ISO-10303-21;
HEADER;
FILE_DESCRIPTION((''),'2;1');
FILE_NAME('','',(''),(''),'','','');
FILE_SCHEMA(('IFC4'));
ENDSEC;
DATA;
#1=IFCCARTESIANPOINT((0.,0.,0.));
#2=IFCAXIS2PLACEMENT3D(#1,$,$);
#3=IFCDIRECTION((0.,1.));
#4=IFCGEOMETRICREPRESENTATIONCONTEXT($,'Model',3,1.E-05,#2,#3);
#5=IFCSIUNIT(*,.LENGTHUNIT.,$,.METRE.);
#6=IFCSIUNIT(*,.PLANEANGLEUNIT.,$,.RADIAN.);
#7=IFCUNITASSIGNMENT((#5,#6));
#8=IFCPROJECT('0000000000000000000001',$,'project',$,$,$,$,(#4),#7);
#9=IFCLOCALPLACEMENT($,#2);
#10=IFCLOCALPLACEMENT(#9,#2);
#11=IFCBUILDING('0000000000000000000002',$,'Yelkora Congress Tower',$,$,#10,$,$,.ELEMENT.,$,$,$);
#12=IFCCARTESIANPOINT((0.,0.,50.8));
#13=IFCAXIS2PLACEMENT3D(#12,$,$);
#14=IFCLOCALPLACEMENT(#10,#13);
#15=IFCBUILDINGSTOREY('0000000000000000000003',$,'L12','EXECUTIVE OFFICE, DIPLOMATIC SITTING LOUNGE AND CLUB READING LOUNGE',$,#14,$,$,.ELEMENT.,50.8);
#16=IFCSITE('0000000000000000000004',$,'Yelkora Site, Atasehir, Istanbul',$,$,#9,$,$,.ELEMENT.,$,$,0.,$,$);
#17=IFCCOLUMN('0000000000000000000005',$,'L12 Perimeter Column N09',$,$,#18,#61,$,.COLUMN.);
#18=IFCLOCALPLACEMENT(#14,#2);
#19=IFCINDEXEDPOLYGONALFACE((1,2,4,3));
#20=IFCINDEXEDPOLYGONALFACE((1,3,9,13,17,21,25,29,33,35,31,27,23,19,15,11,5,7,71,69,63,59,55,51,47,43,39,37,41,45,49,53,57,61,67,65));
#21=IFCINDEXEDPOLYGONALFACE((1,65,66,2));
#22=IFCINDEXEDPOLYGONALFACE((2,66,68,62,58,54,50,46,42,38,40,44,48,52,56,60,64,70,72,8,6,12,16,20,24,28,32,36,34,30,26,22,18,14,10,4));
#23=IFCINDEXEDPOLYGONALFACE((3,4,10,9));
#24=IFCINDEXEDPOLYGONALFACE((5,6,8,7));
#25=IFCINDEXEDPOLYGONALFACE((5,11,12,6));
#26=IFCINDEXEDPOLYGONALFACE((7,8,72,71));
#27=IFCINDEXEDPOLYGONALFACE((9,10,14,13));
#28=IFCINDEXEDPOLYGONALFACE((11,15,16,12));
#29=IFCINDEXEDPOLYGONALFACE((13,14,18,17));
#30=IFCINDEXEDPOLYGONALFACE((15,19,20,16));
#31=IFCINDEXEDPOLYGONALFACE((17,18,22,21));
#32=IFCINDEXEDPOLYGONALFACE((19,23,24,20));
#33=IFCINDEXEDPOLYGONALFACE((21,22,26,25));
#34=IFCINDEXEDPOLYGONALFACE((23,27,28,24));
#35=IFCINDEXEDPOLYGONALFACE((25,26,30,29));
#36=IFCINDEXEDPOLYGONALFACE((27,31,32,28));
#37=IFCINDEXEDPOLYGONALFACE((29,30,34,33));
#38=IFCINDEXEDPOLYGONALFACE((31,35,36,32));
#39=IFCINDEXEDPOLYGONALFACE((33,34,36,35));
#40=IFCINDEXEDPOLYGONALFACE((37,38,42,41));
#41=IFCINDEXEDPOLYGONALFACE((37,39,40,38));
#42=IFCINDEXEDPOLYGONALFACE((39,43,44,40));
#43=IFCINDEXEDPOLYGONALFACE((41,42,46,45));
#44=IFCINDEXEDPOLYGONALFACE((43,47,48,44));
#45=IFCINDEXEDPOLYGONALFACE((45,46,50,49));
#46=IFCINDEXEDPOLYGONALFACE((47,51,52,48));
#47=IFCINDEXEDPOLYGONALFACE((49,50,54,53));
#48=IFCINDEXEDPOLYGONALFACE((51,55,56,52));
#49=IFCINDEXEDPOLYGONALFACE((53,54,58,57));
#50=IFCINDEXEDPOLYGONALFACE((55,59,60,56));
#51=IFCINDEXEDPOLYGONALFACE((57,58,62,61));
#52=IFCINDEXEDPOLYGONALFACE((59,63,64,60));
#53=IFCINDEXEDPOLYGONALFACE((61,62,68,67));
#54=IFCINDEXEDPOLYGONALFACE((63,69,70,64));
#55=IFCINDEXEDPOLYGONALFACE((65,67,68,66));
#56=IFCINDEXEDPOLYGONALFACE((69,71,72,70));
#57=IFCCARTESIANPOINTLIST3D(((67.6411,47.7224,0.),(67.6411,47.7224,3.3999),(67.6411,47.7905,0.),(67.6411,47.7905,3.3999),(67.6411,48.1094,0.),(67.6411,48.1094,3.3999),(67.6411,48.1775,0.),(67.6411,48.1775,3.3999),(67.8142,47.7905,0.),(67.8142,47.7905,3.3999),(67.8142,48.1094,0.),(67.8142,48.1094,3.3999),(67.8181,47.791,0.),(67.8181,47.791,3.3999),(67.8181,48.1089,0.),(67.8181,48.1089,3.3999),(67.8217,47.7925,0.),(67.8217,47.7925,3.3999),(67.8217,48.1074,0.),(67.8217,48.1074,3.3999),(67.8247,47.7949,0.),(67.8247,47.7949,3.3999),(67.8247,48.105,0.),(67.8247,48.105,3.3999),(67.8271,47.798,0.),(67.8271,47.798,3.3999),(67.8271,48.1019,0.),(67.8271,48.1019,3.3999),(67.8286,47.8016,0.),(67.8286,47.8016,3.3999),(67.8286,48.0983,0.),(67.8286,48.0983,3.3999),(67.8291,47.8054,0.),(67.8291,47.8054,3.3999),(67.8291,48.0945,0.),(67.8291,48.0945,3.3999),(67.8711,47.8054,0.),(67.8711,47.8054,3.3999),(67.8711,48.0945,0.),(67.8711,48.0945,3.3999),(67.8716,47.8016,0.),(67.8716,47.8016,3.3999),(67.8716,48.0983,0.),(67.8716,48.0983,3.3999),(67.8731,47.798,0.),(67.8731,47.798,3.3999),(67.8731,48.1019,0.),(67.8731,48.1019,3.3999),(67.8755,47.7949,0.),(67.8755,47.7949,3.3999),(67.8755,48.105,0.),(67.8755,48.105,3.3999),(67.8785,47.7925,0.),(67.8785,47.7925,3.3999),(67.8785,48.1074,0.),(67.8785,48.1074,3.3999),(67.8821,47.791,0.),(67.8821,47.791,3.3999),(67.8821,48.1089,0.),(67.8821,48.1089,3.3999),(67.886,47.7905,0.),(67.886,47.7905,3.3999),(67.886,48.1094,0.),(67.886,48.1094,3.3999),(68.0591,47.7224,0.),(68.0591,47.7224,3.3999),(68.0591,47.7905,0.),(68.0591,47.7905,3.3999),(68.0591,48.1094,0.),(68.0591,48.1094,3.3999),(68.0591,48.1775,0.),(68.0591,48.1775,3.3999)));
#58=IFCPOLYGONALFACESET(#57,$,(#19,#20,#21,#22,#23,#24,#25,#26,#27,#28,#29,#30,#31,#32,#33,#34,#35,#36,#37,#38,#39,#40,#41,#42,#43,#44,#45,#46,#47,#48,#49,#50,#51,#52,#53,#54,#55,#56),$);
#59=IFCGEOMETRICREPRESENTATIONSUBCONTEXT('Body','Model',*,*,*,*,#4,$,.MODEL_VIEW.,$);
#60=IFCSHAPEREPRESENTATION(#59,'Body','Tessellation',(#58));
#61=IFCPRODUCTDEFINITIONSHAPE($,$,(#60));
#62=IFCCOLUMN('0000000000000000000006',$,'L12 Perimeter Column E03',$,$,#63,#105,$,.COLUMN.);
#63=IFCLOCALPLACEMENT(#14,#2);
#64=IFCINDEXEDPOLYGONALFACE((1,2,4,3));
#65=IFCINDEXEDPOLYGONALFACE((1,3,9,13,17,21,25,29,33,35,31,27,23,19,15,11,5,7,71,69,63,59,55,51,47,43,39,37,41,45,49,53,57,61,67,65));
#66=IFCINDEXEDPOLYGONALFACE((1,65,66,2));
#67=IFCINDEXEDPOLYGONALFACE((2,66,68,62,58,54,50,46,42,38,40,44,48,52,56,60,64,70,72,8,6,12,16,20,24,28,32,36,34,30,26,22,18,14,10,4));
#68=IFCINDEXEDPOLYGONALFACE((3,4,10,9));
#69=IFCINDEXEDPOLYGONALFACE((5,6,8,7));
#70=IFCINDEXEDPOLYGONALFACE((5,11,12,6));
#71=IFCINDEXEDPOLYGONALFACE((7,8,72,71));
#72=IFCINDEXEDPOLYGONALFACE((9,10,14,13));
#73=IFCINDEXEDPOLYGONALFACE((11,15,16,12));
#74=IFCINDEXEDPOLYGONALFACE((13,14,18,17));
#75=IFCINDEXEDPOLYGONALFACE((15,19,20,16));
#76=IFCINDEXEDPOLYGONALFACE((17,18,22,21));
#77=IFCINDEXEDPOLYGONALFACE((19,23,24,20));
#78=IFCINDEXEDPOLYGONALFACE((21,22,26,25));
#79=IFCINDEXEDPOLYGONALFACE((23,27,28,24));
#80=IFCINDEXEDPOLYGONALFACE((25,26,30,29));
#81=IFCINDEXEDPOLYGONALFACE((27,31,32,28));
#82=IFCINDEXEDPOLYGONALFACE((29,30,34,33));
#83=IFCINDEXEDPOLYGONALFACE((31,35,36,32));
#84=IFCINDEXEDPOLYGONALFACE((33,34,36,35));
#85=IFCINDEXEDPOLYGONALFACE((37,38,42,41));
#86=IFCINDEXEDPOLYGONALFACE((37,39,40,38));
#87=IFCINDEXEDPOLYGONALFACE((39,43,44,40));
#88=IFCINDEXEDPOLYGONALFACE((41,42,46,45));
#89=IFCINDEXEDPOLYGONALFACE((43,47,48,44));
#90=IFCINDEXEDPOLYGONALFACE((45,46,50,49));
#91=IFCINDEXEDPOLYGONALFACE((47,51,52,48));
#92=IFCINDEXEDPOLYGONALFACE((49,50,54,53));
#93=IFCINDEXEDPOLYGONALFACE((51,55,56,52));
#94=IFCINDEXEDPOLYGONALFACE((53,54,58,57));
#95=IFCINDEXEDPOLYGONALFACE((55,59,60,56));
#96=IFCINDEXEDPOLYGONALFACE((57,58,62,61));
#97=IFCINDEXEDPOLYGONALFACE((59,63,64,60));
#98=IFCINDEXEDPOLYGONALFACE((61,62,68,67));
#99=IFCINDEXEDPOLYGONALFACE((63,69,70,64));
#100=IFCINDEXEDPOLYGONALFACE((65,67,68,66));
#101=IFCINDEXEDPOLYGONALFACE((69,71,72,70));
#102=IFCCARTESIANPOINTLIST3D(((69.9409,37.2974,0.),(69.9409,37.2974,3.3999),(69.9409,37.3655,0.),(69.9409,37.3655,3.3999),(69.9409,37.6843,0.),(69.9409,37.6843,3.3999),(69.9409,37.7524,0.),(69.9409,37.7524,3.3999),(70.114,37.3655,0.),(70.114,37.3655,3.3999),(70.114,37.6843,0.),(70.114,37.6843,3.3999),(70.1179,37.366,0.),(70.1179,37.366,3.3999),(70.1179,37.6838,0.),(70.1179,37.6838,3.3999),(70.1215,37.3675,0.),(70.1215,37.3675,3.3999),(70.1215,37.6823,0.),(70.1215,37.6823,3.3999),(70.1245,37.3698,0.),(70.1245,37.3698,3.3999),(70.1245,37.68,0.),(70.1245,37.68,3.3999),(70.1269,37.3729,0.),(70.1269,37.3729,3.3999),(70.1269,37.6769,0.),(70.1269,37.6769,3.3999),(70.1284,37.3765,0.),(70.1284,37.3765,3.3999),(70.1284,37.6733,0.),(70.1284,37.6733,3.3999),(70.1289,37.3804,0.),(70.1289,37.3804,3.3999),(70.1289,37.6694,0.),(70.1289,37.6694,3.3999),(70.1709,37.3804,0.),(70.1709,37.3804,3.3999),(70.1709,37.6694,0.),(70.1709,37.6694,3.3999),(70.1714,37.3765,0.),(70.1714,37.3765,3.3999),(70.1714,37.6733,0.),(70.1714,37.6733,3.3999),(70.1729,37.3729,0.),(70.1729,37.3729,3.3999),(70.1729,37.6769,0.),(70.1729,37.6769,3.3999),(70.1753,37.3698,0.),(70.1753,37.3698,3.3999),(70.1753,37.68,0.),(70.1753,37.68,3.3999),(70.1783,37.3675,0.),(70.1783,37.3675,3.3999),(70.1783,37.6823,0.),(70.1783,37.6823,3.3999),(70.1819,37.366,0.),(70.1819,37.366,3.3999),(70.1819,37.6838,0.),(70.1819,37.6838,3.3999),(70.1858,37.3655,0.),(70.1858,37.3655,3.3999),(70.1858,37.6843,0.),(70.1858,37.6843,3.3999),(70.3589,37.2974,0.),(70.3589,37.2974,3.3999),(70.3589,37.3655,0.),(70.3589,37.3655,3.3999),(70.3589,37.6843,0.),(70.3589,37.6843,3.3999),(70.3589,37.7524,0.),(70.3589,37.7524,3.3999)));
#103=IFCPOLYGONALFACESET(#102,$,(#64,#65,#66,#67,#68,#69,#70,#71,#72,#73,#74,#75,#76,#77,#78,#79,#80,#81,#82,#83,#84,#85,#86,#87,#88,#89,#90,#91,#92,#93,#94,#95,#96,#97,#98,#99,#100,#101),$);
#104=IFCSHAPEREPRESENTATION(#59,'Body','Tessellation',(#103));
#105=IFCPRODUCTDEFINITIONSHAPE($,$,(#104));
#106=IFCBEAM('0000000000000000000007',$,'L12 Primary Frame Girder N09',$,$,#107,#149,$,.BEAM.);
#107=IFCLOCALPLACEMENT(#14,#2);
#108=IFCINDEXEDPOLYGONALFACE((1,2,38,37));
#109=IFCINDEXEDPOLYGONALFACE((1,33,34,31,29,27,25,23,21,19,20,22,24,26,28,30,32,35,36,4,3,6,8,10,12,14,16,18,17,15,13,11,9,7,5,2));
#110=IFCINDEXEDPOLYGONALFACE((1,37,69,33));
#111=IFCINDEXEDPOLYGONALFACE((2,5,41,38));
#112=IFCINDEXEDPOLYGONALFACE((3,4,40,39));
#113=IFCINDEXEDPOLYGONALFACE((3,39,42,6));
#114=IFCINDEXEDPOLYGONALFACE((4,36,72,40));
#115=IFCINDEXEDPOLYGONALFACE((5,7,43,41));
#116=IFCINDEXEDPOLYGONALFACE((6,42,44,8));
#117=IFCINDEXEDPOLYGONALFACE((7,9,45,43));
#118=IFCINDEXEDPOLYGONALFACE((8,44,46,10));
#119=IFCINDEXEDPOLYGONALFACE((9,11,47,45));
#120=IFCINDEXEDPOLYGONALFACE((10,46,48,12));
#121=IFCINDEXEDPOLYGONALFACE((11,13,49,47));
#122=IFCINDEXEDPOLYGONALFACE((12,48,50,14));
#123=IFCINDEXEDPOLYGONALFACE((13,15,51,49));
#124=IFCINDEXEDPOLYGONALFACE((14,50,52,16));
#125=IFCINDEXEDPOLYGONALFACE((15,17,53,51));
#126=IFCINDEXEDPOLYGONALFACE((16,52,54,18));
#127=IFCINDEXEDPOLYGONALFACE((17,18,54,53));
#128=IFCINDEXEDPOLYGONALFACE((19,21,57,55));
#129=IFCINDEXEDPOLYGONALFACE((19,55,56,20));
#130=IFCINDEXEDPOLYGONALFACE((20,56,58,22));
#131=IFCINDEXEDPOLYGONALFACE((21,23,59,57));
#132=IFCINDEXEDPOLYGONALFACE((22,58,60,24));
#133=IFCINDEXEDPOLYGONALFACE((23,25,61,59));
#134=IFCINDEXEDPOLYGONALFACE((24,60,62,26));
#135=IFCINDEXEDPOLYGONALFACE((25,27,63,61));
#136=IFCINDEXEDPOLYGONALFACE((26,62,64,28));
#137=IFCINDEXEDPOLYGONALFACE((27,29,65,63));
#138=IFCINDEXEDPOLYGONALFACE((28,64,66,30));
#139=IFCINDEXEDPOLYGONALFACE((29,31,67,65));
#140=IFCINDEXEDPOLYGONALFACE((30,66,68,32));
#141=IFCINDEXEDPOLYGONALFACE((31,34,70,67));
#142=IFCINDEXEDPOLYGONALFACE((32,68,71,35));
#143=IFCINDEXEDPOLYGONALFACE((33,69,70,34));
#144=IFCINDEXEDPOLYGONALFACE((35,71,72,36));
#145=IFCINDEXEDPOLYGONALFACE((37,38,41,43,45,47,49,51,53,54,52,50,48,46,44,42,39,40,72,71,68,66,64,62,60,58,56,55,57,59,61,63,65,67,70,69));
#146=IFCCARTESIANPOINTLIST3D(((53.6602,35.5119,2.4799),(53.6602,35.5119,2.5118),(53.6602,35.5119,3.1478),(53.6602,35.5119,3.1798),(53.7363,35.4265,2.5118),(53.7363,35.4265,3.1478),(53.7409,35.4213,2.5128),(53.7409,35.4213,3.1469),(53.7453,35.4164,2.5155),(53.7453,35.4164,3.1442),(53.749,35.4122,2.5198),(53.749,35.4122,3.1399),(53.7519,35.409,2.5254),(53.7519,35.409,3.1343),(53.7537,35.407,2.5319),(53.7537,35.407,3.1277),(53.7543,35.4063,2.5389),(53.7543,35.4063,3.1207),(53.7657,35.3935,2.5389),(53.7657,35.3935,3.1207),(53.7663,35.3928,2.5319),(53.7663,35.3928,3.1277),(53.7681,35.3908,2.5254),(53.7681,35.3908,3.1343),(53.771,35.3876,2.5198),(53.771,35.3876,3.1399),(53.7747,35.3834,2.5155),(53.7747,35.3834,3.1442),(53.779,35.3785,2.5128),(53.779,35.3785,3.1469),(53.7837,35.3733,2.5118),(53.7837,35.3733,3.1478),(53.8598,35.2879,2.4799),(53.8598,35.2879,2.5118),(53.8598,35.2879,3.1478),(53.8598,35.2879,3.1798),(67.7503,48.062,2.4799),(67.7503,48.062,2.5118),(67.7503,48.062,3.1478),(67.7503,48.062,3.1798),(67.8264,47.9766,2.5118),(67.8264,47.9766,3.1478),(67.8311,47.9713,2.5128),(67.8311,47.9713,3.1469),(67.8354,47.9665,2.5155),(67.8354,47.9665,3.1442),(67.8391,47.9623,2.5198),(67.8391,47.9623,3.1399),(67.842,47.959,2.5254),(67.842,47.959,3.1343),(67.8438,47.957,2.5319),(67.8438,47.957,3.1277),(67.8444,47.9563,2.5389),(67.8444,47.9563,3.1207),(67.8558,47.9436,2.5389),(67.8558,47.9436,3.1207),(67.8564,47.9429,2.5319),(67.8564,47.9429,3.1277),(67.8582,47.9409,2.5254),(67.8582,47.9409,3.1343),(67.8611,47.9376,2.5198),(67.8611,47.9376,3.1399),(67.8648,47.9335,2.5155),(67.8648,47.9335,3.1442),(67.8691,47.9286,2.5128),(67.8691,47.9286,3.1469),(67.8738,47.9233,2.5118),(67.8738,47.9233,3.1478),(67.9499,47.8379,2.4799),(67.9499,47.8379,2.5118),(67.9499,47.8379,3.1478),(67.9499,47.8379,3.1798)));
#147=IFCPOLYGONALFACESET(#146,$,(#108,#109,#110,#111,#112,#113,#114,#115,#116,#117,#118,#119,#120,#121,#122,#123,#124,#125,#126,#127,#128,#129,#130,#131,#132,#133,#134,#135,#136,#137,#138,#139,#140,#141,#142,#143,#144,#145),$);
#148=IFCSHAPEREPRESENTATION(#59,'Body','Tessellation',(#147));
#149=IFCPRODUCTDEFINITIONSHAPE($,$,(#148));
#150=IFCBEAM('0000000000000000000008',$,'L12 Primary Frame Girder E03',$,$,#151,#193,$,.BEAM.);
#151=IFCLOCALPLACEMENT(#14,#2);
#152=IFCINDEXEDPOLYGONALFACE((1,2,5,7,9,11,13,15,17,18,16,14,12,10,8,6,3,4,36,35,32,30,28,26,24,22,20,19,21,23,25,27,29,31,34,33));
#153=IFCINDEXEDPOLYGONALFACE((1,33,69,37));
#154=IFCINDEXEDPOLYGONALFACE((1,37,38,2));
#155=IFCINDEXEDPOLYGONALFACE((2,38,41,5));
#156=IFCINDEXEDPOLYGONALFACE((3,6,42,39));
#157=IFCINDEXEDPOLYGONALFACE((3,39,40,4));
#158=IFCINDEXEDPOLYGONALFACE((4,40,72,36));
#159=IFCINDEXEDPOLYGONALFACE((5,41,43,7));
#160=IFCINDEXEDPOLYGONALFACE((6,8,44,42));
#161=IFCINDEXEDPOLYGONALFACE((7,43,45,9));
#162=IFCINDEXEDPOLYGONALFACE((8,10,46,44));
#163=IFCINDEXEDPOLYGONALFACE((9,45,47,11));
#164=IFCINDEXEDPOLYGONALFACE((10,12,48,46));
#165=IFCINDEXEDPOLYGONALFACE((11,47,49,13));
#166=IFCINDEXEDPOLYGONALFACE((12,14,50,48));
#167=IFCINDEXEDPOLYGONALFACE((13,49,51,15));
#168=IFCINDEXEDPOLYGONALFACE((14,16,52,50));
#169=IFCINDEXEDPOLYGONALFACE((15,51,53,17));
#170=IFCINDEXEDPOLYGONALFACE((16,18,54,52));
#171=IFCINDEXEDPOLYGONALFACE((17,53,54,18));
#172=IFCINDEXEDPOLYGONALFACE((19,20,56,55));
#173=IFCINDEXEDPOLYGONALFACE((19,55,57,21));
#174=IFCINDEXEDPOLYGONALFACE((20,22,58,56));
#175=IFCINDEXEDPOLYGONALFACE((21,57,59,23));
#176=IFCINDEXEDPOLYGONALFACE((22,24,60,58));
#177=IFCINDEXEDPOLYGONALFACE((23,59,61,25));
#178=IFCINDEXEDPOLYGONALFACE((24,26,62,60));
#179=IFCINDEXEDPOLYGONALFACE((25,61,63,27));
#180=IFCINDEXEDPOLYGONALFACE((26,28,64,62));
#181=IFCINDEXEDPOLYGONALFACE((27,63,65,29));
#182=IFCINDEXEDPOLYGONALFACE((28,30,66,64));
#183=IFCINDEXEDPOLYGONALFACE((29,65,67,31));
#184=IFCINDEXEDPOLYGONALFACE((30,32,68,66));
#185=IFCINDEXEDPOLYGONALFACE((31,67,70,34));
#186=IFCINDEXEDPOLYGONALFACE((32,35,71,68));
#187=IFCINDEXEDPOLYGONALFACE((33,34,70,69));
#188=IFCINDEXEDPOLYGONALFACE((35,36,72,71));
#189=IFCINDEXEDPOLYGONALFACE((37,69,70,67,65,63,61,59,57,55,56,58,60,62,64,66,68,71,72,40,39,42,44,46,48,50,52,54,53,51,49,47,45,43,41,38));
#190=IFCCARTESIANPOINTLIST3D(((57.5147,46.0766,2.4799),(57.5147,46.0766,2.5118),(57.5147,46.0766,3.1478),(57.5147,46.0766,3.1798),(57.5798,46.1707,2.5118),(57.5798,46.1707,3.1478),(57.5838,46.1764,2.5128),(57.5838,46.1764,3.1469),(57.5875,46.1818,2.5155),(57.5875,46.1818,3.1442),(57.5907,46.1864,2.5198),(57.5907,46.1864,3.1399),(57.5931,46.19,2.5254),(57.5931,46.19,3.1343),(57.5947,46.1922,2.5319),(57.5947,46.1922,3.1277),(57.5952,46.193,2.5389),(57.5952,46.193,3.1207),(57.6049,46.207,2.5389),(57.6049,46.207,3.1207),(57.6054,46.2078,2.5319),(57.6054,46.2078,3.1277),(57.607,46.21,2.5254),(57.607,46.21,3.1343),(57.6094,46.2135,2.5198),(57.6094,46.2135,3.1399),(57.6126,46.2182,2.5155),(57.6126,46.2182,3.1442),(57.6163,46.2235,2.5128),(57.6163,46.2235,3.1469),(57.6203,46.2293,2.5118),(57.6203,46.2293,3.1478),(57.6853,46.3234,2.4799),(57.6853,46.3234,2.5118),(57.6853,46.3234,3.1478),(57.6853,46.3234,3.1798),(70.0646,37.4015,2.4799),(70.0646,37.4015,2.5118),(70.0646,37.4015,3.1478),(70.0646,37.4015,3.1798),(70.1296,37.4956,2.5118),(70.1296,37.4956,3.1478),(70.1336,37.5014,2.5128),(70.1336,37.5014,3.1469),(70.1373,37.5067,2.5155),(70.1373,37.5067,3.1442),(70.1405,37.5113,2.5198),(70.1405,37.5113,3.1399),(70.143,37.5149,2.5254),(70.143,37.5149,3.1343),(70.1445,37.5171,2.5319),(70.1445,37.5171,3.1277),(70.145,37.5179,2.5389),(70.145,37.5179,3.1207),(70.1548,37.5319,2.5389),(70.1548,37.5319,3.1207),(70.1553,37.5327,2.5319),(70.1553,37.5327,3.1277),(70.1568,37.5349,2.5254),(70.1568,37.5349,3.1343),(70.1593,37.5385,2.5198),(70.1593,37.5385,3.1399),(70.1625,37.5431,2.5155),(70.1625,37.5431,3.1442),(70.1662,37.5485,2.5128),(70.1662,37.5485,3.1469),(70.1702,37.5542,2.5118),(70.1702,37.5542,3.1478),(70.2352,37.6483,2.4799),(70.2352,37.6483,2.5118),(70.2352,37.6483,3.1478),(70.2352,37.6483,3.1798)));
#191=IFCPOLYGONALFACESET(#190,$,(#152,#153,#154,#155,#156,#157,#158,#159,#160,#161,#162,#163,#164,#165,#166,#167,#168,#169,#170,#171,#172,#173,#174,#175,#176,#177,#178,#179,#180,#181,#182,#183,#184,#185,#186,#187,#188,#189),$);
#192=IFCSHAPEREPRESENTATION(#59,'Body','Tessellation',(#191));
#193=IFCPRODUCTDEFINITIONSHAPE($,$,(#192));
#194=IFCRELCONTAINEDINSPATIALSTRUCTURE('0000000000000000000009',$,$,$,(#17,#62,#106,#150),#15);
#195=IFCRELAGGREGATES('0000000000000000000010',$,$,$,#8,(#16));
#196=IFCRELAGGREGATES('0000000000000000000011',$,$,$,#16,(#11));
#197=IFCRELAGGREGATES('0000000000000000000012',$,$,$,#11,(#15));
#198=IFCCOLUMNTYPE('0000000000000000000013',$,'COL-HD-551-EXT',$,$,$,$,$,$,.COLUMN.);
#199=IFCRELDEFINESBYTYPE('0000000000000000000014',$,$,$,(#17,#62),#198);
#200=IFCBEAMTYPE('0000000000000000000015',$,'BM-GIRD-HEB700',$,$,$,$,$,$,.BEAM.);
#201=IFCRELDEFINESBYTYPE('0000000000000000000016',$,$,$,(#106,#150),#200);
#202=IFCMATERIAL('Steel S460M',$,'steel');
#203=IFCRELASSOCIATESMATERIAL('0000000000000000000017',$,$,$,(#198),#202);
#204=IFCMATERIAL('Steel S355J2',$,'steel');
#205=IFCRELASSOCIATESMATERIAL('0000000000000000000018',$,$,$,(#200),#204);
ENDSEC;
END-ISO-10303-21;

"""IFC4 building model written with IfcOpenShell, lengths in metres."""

from ifc_helpers import new_model, si_unit, direction, frame, origin, origin_2d, place, context, subcontext, project, spatial, i_section, extrude, material, material_profile, profile_set, type_object, element, save


model = new_model("IFC4")

# Units and contexts
model_context = context("Model", 3, precision=1e-05, world=origin(), true_north=direction((0.0, 1.0)))
body_context = subcontext(model_context, "Body", "Model", "MODEL_VIEW")
ifc_project = project(units=[si_unit("LENGTHUNIT", "METRE"), si_unit("PLANEANGLEUNIT", "RADIAN")], contexts=[model_context])

# Site, building, storey
site_placement = place(None, origin())
site = spatial("IfcSite", under=ifc_project, at=site_placement, Name="Yelkora Site, Atasehir, Istanbul", CompositionType="ELEMENT", RefElevation=0.0)
building_placement = place(site_placement, origin())
building = spatial("IfcBuilding", under=site, at=building_placement, Name="Yelkora Congress Tower", CompositionType="ELEMENT")
storey_placement = place(building_placement, frame((0.0, 0.0, 50.8)))
storey = spatial("IfcBuildingStorey", under=building, at=storey_placement, Name="L12", Description="EXECUTIVE OFFICE, DIPLOMATIC SITTING LOUNGE AND CLUB READING LOUNGE", CompositionType="ELEMENT", Elevation=50.8)

# Columns
ifc_material_1 = material(Name="Steel S460M", Category="steel")
ifc_material_profile_1 = material_profile(ifc_material_1, i_section(OverallWidth=0.418, OverallDepth=0.4551, WebThickness=0.042, FlangeThickness=0.0681, FilletRadius=0.0149, at=origin_2d()), Name="HD 400x551")
ifc_profile_set_1 = profile_set([ifc_material_profile_1], Name="Steel S460M")
column_type = type_object("IfcColumnType", Name="COL-HD-551-EXT", PredefinedType="COLUMN", material=ifc_profile_set_1)
for number, where, z_axis, x_axis, name in (
    (1, (67.8501, 47.95, 0.0), (0.0, 0.0, 1.0), (1.0, 0.0, 0.0), "L12 Perimeter Column N09"),
    (2, (70.1499, 37.5249, 0.0), (0.0, 0.0, 1.0), (1.0, 0.0, 0.0), "L12 Perimeter Column E03"),
):
    element("IfcColumn", number, at=place(storey_placement, frame(where, z_axis=z_axis, x_axis=x_axis)), inside=storey, type_object=column_type, Name=name, PredefinedType="COLUMN", context=body_context, shape_type="SweptSolid", body=[
        extrude(i_section(OverallWidth=0.418, OverallDepth=0.4551, WebThickness=0.042, FlangeThickness=0.0681, FilletRadius=0.0149, at=origin_2d()), origin(), (0.0, 0.0, 1.0), 3.3999),
    ])

# Beams
ifc_material_2 = material(Name="Steel S355J2", Category="steel")
ifc_material_profile_2 = material_profile(ifc_material_2, i_section(OverallWidth=0.3, OverallDepth=0.7, WebThickness=0.0171, FlangeThickness=0.032, FilletRadius=0.0271, at=origin_2d()), Name="HEB 700")
ifc_profile_set_2 = profile_set([ifc_material_profile_2], Name="Steel S355J2")
beam_type_1 = type_object("IfcBeamType", Name="BM-GIRD-HEB700", PredefinedType="BEAM", material=ifc_profile_set_2)
beam_1_placement = place(storey_placement, frame((67.8501, 47.95, 2.8298), z_axis=(-0.746737, -0.665119, 0.0), x_axis=(0.665119, -0.746737, 0.0)))
element("IfcBeam", 3, at=beam_1_placement, inside=storey, type_object=beam_type_1, Name="L12 Primary Frame Girder N09", PredefinedType="BEAM", context=body_context, shape_type="SweptSolid", body=[
    extrude(i_section(OverallWidth=0.3, OverallDepth=0.7, WebThickness=0.0171, FlangeThickness=0.032, FilletRadius=0.0271, at=origin_2d()), origin(), (0.0, 0.0, 1.0), 18.8689),
])
beam_2_placement = place(storey_placement, frame((70.1499, 37.5249, 2.8298), z_axis=(-0.822599, 0.568622, 0.0), x_axis=(-0.568622, -0.822599, 0.0)))
element("IfcBeam", 4, at=beam_2_placement, inside=storey, type_object=beam_type_1, Name="L12 Primary Frame Girder E03", PredefinedType="BEAM", context=body_context, shape_type="SweptSolid", body=[
    extrude(i_section(OverallWidth=0.3, OverallDepth=0.7, WebThickness=0.0171, FlangeThickness=0.032, FilletRadius=0.0271, at=origin_2d()), origin(), (0.0, 0.0, 1.0), 15.2563),
])

save(model, "model.ifc")
